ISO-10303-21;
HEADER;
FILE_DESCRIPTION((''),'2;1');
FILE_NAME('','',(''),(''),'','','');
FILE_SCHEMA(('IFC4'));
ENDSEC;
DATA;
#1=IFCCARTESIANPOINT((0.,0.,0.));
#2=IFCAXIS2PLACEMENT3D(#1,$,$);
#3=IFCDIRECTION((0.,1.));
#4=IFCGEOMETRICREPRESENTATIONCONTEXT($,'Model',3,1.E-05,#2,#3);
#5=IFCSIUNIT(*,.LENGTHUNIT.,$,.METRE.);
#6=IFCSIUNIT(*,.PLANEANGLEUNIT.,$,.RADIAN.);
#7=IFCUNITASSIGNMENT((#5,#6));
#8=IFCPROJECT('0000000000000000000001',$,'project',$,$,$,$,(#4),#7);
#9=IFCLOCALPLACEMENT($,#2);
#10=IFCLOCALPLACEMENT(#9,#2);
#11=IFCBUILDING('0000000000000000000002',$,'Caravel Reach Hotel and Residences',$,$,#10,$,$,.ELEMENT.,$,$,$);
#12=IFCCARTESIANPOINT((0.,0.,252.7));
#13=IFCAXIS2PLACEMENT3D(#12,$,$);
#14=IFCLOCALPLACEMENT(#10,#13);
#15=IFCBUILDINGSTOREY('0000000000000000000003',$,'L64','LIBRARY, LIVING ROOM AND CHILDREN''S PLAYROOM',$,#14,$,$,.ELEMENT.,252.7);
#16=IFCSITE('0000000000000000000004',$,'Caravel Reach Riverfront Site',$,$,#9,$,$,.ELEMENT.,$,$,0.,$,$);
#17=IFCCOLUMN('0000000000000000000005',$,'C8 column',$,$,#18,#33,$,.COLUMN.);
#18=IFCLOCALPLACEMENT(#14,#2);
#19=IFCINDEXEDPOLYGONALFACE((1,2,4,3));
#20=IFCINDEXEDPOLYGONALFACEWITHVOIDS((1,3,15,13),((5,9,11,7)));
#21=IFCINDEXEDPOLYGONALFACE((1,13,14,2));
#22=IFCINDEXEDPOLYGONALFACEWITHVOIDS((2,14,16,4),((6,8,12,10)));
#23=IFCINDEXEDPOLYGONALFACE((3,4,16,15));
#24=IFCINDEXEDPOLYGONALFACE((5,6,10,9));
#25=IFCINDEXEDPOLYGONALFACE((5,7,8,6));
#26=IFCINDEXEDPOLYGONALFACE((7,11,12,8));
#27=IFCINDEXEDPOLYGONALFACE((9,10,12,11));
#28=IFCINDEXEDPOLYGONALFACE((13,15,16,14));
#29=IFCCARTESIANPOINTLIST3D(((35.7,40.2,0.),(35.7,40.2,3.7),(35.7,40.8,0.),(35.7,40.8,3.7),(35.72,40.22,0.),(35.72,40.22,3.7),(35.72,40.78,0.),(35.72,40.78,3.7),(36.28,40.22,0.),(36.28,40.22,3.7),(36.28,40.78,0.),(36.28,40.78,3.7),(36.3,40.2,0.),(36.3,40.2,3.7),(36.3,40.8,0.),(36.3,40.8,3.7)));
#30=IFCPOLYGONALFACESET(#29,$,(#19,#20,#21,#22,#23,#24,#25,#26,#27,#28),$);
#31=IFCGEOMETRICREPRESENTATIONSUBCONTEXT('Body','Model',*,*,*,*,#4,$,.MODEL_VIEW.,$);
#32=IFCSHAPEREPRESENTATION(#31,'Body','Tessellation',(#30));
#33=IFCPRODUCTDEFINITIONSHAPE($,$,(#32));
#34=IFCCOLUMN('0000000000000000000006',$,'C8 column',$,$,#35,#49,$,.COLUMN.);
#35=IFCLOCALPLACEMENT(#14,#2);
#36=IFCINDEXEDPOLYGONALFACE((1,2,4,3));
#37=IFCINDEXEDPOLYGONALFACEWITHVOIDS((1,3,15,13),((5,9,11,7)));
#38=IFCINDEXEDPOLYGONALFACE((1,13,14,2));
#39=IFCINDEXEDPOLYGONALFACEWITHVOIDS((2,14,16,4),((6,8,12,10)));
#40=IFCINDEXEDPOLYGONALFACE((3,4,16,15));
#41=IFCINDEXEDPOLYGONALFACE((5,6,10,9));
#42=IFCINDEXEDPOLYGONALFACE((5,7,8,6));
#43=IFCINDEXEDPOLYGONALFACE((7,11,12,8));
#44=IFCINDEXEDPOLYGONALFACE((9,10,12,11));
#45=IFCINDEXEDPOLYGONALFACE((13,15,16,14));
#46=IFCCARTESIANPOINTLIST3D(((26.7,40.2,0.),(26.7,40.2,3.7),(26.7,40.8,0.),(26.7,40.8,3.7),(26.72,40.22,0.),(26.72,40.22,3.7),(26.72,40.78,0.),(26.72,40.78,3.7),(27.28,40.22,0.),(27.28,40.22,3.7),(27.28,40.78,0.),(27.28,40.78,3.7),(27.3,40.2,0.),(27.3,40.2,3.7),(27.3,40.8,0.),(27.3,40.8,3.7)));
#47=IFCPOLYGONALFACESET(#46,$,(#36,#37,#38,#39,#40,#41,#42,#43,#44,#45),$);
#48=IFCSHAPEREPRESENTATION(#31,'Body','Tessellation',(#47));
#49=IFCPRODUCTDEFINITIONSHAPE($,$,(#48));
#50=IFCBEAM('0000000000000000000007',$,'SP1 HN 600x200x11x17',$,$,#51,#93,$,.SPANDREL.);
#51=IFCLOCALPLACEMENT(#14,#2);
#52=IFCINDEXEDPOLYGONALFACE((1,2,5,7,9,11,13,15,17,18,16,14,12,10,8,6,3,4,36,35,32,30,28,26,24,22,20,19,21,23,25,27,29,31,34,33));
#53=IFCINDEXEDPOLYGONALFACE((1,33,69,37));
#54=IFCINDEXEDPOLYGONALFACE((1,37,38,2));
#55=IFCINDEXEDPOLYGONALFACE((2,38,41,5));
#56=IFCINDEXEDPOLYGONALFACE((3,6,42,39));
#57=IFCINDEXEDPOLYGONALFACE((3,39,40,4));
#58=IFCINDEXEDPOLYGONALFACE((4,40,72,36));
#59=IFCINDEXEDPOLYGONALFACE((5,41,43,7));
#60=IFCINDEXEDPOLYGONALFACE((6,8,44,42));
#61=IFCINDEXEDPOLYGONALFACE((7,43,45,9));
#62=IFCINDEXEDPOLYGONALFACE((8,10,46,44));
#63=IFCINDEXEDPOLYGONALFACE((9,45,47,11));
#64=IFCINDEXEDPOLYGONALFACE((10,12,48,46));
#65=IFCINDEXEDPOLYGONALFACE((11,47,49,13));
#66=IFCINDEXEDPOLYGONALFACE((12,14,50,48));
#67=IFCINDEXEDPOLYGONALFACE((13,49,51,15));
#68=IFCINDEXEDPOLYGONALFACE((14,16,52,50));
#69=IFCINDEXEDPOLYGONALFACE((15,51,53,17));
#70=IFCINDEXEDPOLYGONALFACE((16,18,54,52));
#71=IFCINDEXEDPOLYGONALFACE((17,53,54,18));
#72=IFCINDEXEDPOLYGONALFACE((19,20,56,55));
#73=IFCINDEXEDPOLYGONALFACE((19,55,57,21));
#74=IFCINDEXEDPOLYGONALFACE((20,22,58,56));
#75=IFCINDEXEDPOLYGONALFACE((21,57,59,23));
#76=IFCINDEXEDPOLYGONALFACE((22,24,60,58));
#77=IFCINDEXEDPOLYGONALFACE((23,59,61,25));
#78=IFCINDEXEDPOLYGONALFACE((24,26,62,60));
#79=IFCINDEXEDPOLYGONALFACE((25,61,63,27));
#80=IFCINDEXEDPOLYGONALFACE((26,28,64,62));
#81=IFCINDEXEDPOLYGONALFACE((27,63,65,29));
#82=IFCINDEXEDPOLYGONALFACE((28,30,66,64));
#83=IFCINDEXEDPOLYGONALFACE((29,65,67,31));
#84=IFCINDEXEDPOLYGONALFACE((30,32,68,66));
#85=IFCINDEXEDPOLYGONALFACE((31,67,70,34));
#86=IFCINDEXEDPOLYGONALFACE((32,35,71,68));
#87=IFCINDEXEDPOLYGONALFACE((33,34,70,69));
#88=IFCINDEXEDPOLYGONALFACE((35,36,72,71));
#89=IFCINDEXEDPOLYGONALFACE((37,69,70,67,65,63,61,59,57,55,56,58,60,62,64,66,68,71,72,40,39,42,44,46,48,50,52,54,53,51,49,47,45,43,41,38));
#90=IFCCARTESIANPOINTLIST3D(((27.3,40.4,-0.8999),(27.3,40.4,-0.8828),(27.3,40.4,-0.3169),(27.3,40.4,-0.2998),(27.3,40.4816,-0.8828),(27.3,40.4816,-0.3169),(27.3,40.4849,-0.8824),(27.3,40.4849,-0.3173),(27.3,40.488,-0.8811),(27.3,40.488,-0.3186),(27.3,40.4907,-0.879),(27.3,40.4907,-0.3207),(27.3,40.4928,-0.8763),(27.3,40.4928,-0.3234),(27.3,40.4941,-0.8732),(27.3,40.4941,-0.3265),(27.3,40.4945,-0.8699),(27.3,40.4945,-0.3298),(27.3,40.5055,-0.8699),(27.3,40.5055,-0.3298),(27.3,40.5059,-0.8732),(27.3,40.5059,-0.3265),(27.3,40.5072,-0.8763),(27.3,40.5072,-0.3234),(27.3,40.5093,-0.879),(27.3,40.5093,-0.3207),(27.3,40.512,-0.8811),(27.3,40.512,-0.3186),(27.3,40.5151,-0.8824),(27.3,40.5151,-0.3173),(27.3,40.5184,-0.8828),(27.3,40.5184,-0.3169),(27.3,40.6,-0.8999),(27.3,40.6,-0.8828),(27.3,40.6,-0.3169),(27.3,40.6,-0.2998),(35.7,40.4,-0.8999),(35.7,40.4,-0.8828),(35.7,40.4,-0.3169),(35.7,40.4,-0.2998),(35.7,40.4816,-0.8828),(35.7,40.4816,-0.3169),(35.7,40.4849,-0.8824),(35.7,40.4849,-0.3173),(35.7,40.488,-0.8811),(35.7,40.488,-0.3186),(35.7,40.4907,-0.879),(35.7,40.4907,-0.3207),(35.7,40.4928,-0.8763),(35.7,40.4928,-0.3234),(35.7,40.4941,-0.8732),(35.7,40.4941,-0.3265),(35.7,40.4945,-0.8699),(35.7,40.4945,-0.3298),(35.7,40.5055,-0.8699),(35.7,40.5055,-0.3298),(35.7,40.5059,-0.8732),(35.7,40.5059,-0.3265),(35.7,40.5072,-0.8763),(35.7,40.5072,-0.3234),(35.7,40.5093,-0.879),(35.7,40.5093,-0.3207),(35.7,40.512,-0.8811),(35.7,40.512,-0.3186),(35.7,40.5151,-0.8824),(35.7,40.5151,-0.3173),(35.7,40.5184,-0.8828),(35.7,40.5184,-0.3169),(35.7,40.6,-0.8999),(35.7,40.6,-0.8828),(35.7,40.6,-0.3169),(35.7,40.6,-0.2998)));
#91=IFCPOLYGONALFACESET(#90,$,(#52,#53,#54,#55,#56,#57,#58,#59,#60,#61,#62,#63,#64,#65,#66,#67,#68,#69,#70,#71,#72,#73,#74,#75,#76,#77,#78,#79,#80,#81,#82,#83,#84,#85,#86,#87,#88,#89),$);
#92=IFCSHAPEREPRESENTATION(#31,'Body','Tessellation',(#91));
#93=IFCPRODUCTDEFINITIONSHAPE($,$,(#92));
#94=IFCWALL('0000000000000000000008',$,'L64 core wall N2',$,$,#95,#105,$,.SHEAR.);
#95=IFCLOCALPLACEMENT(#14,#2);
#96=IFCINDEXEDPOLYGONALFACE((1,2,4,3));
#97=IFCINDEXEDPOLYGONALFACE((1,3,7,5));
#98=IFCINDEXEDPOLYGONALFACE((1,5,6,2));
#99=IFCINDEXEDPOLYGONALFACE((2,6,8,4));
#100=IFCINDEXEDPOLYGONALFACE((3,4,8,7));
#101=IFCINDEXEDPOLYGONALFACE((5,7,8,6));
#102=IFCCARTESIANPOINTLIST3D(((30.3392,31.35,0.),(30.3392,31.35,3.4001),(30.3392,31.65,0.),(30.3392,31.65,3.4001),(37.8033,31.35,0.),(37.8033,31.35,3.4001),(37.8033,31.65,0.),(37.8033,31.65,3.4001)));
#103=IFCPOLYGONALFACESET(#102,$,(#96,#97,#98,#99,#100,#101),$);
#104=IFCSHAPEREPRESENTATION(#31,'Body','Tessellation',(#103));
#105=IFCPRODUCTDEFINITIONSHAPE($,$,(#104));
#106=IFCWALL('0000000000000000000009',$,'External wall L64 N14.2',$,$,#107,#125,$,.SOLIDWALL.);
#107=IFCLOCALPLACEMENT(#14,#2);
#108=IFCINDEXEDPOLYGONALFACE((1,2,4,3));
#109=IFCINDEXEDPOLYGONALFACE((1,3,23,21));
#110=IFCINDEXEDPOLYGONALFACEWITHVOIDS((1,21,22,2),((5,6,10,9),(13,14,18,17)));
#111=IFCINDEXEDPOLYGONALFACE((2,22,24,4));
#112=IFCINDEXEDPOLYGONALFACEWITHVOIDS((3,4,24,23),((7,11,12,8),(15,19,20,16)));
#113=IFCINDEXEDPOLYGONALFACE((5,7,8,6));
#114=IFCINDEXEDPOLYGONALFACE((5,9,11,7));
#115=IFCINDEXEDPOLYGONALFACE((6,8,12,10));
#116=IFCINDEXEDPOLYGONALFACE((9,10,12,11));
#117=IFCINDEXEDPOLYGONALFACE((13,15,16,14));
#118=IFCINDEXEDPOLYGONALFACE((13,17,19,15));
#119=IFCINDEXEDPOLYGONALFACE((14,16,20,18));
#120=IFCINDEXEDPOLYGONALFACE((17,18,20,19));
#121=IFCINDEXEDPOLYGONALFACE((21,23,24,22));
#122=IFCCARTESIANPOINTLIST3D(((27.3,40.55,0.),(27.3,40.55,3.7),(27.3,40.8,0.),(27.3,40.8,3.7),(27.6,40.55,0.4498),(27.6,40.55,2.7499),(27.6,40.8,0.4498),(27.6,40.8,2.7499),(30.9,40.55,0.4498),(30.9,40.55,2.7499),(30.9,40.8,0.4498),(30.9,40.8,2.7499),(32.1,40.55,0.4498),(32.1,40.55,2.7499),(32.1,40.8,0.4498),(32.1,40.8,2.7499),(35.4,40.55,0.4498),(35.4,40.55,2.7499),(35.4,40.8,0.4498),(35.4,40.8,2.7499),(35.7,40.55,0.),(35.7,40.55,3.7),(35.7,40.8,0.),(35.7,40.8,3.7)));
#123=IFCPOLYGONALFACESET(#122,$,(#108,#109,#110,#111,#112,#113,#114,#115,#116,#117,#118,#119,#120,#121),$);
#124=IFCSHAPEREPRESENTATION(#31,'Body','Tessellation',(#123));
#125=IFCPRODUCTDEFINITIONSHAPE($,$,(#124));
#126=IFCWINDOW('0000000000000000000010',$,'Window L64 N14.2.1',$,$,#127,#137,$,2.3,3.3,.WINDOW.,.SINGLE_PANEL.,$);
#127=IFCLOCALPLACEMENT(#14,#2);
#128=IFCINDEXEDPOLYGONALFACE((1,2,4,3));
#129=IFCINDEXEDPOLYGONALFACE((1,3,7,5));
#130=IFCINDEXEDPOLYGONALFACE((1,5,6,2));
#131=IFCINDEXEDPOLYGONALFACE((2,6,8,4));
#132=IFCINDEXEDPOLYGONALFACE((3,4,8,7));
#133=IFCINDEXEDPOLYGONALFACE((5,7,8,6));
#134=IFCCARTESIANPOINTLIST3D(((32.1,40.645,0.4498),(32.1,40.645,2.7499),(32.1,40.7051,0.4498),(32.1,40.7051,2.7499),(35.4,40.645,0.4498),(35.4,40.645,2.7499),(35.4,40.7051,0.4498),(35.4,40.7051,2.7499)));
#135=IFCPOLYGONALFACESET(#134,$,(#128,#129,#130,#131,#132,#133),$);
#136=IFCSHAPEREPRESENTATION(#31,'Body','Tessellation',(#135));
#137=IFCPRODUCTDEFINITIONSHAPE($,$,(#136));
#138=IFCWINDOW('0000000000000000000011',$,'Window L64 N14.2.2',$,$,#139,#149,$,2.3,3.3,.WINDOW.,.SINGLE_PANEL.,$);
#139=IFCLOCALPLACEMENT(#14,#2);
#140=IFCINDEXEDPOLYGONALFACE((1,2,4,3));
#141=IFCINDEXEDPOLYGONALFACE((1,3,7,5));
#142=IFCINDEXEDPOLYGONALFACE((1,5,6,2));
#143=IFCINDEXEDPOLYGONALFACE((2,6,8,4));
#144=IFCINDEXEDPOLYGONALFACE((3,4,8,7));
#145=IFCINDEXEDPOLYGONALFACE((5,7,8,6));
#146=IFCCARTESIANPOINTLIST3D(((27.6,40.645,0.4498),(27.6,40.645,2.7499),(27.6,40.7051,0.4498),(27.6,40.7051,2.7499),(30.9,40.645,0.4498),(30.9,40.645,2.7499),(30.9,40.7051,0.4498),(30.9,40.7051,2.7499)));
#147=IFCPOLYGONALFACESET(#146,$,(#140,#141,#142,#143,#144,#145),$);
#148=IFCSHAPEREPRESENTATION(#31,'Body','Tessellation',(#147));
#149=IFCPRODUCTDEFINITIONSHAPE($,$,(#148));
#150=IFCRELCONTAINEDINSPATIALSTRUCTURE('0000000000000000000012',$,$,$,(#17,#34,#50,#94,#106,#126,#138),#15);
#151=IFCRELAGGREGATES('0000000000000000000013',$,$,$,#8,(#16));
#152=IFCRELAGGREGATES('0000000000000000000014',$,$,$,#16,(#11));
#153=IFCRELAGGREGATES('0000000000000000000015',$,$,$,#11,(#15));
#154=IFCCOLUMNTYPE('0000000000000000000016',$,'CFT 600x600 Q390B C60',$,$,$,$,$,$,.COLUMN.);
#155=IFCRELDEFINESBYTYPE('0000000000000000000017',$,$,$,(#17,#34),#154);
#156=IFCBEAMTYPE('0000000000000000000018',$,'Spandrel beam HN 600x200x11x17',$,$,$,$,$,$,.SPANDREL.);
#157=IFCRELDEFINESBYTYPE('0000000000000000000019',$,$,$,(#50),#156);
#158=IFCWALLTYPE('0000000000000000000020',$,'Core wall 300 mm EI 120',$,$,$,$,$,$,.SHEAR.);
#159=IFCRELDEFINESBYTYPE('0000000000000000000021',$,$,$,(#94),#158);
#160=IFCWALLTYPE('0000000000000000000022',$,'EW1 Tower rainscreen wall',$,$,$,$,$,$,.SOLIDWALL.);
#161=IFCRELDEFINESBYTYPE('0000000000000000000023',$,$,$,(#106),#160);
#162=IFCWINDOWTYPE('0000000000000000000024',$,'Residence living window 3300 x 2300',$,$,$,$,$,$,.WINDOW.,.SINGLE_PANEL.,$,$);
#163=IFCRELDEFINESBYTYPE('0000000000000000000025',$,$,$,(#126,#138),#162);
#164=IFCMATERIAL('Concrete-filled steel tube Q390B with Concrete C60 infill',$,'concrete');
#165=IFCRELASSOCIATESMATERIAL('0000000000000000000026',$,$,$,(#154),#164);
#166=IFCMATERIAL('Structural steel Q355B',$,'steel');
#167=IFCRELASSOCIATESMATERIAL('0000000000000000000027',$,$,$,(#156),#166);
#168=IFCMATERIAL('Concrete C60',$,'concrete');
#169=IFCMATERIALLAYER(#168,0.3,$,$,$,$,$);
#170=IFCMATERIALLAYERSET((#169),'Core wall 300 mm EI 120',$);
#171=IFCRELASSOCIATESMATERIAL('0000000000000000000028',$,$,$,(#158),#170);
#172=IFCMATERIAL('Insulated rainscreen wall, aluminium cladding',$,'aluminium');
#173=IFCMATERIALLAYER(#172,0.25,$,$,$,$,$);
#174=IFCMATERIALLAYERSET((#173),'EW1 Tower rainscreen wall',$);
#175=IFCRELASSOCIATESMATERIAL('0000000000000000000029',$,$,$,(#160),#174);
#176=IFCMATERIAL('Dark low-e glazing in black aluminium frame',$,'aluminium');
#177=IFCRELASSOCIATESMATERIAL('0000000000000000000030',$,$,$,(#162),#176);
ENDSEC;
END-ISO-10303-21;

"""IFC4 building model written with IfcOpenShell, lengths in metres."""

from ifc_helpers import new_model, si_unit, direction, frame, frame_2d, origin, origin_2d, place, context, subcontext, project, spatial, rectangle, hollow_rectangle, i_section, extrude, material, layer, layer_set, material_profile, profile_set, type_object, element, fill, save


model = new_model("IFC4")

# Units and contexts
model_context = context("Model", 3, precision=1e-05, world=origin(), true_north=direction((0.0, 1.0)))
body_context = subcontext(model_context, "Body", "Model", "MODEL_VIEW")
ifc_project = project(units=[si_unit("LENGTHUNIT", "METRE"), si_unit("PLANEANGLEUNIT", "RADIAN")], contexts=[model_context])

# Site, building, storey
site_placement = place(None, origin())
site = spatial("IfcSite", under=ifc_project, at=site_placement, Name="Caravel Reach Riverfront Site", CompositionType="ELEMENT", RefElevation=0.0)
building_placement = place(site_placement, origin())
building = spatial("IfcBuilding", under=site, at=building_placement, Name="Caravel Reach Hotel and Residences", CompositionType="ELEMENT")
storey_placement = place(building_placement, frame((0.0, 0.0, 252.7)))
storey = spatial("IfcBuildingStorey", under=building, at=storey_placement, Name="L64", Description="LIBRARY, LIVING ROOM AND CHILDREN'S PLAYROOM", CompositionType="ELEMENT", Elevation=252.7)

# Columns
ifc_material_1 = material(Name="Concrete-filled steel tube Q390B with Concrete C60 infill", Category="concrete")
ifc_material_profile_1 = material_profile(ifc_material_1, hollow_rectangle(XDim=0.6001, YDim=0.6001, WallThickness=0.02, at=origin_2d()), Name="RHS 600x600x20")
ifc_profile_set_1 = profile_set([ifc_material_profile_1], Name="Concrete-filled steel tube Q390B with Concrete C60 infill")
column_type = type_object("IfcColumnType", Name="CFT 600x600 Q390B C60", PredefinedType="COLUMN", material=ifc_profile_set_1)
for number, where, z_axis, x_axis, name in (
    (1, (36.0, 40.5, 0.0), (0.0, 0.0, 1.0), (1.0, 0.0, 0.0), "C8 column"),
    (2, (27.0, 40.5, 0.0), (0.0, 0.0, 1.0), (1.0, 0.0, 0.0), "C8 column"),
):
    element("IfcColumn", number, at=place(storey_placement, frame(where, z_axis=z_axis, x_axis=x_axis)), inside=storey, type_object=column_type, Name=name, PredefinedType="COLUMN", context=body_context, shape_type="SweptSolid", body=[
        extrude(hollow_rectangle(XDim=0.6001, YDim=0.6001, WallThickness=0.02, at=origin_2d()), origin(), (0.0, 0.0, 1.0), 3.7),
    ])

# Beam
ifc_material_2 = material(Name="Structural steel Q355B", Category="steel")
ifc_material_profile_2 = material_profile(ifc_material_2, i_section(OverallWidth=0.2, OverallDepth=0.6001, WebThickness=0.011, FlangeThickness=0.0171, FilletRadius=0.0129, at=origin_2d()), Name="HN 600x200x11x17")
ifc_profile_set_2 = profile_set([ifc_material_profile_2], Name="Structural steel Q355B")
beam_type = type_object("IfcBeamType", Name="Spandrel beam HN 600x200x11x17", PredefinedType="SPANDREL", material=ifc_profile_set_2)
beam_placement = place(storey_placement, frame((35.7, 40.5, -0.5999), z_axis=(-1.0, 0.0, 0.0), x_axis=(0.0, -1.0, 0.0)))
element("IfcBeam", 3, at=beam_placement, inside=storey, type_object=beam_type, Name="SP1 HN 600x200x11x17", PredefinedType="SPANDREL", context=body_context, shape_type="SweptSolid", body=[
    extrude(i_section(OverallWidth=0.2, OverallDepth=0.6001, WebThickness=0.011, FlangeThickness=0.0171, FilletRadius=0.0129, at=origin_2d()), origin(), (0.0, 0.0, 1.0), 8.3999),
])

# Wall
ifc_material_3 = material(Name="Concrete C60", Category="concrete")
ifc_layer_1 = layer(ifc_material_3, 0.3)
ifc_layer_set_1 = layer_set([ifc_layer_1], Name="Core wall 300 mm EI 120")
wall_type_1 = type_object("IfcWallType", Name="Core wall 300 mm EI 120", PredefinedType="SHEAR", material=ifc_layer_set_1)
wall_1_placement = place(storey_placement, frame((30.3394, 31.5, 0.0), z_axis=(0.0, 0.0, 1.0), x_axis=(1.0, 0.0, 0.0)))
element("IfcWall", 4, at=wall_1_placement, inside=storey, type_object=wall_type_1, Name="L64 core wall N2", PredefinedType="SHEAR", context=body_context, shape_type="SweptSolid", body=[
    extrude(rectangle(XDim=7.4641, YDim=0.3, at=frame_2d((3.7319, 0.0))), origin(), (0.0, 0.0, 1.0), 3.4001),
])

# Wall, openings, windows
ifc_material_4 = material(Name="Insulated rainscreen wall, aluminium cladding", Category="aluminium")
ifc_layer_2 = layer(ifc_material_4, 0.25)
ifc_layer_set_2 = layer_set([ifc_layer_2], Name="EW1 Tower rainscreen wall")
wall_type_2 = type_object("IfcWallType", Name="EW1 Tower rainscreen wall", PredefinedType="SOLIDWALL", material=ifc_layer_set_2)
wall_2_placement = place(storey_placement, frame((35.7, 40.675, 0.0), z_axis=(0.0, 0.0, 1.0), x_axis=(-1.0, 0.0, 0.0)))
wall_2 = element("IfcWall", 5, at=wall_2_placement, inside=storey, type_object=wall_type_2, Name="External wall L64 N14.2", PredefinedType="SOLIDWALL", context=body_context, shape_type="SweptSolid", body=[
    extrude(rectangle(XDim=8.3999, YDim=0.25, at=frame_2d((4.2, 0.0))), origin(), (0.0, 0.0, 1.0), 3.7),
])
opening_1_placement = place(wall_2_placement, frame((0.3, 0.0, 0.45)))
opening_1 = element("IfcOpeningElement", 6, at=opening_1_placement, cuts=wall_2, PredefinedType="OPENING", context=body_context, shape_type="SweptSolid", body=[
    extrude(rectangle(XDim=3.3, YDim=2.3, at=frame_2d((1.6499, 1.1499))), frame((0.0, 0.135, 0.0), z_axis=(0.0, -1.0, 0.0), x_axis=(1.0, 0.0, 0.0)), (0.0, 0.0, 1.0), 0.27),
])
opening_2_placement = place(wall_2_placement, frame((4.8, 0.0, 0.45)))
opening_2 = element("IfcOpeningElement", 7, at=opening_2_placement, cuts=wall_2, PredefinedType="OPENING", context=body_context, shape_type="SweptSolid", body=[
    extrude(rectangle(XDim=3.3, YDim=2.3, at=frame_2d((1.6499, 1.1499))), frame((0.0, 0.135, 0.0), z_axis=(0.0, -1.0, 0.0), x_axis=(1.0, 0.0, 0.0)), (0.0, 0.0, 1.0), 0.27),
])
ifc_material_5 = material(Name="Dark low-e glazing in black aluminium frame", Category="aluminium")
window_type = type_object("IfcWindowType", Name="Residence living window 3300 x 2300", PartitioningType="SINGLE_PANEL", PredefinedType="WINDOW", material=ifc_material_5)
window_1_placement = place(opening_1_placement, origin())
window_1 = element("IfcWindow", 8, at=window_1_placement, inside=storey, type_object=window_type, Name="Window L64 N14.2.1", OverallHeight=2.3, OverallWidth=3.3, PartitioningType="SINGLE_PANEL", PredefinedType="WINDOW", context=body_context, shape_type="SweptSolid", body=[
    extrude(rectangle(XDim=3.3, YDim=2.3, at=frame_2d((1.6499, 1.1499))), frame((0.0, 0.03, 0.0), z_axis=(0.0, -1.0, 0.0), x_axis=(1.0, 0.0, 0.0)), (0.0, 0.0, 1.0), 0.0601),
])
fill(opening_1, window_1)
window_2_placement = place(opening_2_placement, origin())
window_2 = element("IfcWindow", 9, at=window_2_placement, inside=storey, type_object=window_type, Name="Window L64 N14.2.2", OverallHeight=2.3, OverallWidth=3.3, PartitioningType="SINGLE_PANEL", PredefinedType="WINDOW", context=body_context, shape_type="SweptSolid", body=[
    extrude(rectangle(XDim=3.3, YDim=2.3, at=frame_2d((1.6499, 1.1499))), frame((0.0, 0.03, 0.0), z_axis=(0.0, -1.0, 0.0), x_axis=(1.0, 0.0, 0.0)), (0.0, 0.0, 1.0), 0.0601),
])
fill(opening_2, window_2)

save(model, "model.ifc")
